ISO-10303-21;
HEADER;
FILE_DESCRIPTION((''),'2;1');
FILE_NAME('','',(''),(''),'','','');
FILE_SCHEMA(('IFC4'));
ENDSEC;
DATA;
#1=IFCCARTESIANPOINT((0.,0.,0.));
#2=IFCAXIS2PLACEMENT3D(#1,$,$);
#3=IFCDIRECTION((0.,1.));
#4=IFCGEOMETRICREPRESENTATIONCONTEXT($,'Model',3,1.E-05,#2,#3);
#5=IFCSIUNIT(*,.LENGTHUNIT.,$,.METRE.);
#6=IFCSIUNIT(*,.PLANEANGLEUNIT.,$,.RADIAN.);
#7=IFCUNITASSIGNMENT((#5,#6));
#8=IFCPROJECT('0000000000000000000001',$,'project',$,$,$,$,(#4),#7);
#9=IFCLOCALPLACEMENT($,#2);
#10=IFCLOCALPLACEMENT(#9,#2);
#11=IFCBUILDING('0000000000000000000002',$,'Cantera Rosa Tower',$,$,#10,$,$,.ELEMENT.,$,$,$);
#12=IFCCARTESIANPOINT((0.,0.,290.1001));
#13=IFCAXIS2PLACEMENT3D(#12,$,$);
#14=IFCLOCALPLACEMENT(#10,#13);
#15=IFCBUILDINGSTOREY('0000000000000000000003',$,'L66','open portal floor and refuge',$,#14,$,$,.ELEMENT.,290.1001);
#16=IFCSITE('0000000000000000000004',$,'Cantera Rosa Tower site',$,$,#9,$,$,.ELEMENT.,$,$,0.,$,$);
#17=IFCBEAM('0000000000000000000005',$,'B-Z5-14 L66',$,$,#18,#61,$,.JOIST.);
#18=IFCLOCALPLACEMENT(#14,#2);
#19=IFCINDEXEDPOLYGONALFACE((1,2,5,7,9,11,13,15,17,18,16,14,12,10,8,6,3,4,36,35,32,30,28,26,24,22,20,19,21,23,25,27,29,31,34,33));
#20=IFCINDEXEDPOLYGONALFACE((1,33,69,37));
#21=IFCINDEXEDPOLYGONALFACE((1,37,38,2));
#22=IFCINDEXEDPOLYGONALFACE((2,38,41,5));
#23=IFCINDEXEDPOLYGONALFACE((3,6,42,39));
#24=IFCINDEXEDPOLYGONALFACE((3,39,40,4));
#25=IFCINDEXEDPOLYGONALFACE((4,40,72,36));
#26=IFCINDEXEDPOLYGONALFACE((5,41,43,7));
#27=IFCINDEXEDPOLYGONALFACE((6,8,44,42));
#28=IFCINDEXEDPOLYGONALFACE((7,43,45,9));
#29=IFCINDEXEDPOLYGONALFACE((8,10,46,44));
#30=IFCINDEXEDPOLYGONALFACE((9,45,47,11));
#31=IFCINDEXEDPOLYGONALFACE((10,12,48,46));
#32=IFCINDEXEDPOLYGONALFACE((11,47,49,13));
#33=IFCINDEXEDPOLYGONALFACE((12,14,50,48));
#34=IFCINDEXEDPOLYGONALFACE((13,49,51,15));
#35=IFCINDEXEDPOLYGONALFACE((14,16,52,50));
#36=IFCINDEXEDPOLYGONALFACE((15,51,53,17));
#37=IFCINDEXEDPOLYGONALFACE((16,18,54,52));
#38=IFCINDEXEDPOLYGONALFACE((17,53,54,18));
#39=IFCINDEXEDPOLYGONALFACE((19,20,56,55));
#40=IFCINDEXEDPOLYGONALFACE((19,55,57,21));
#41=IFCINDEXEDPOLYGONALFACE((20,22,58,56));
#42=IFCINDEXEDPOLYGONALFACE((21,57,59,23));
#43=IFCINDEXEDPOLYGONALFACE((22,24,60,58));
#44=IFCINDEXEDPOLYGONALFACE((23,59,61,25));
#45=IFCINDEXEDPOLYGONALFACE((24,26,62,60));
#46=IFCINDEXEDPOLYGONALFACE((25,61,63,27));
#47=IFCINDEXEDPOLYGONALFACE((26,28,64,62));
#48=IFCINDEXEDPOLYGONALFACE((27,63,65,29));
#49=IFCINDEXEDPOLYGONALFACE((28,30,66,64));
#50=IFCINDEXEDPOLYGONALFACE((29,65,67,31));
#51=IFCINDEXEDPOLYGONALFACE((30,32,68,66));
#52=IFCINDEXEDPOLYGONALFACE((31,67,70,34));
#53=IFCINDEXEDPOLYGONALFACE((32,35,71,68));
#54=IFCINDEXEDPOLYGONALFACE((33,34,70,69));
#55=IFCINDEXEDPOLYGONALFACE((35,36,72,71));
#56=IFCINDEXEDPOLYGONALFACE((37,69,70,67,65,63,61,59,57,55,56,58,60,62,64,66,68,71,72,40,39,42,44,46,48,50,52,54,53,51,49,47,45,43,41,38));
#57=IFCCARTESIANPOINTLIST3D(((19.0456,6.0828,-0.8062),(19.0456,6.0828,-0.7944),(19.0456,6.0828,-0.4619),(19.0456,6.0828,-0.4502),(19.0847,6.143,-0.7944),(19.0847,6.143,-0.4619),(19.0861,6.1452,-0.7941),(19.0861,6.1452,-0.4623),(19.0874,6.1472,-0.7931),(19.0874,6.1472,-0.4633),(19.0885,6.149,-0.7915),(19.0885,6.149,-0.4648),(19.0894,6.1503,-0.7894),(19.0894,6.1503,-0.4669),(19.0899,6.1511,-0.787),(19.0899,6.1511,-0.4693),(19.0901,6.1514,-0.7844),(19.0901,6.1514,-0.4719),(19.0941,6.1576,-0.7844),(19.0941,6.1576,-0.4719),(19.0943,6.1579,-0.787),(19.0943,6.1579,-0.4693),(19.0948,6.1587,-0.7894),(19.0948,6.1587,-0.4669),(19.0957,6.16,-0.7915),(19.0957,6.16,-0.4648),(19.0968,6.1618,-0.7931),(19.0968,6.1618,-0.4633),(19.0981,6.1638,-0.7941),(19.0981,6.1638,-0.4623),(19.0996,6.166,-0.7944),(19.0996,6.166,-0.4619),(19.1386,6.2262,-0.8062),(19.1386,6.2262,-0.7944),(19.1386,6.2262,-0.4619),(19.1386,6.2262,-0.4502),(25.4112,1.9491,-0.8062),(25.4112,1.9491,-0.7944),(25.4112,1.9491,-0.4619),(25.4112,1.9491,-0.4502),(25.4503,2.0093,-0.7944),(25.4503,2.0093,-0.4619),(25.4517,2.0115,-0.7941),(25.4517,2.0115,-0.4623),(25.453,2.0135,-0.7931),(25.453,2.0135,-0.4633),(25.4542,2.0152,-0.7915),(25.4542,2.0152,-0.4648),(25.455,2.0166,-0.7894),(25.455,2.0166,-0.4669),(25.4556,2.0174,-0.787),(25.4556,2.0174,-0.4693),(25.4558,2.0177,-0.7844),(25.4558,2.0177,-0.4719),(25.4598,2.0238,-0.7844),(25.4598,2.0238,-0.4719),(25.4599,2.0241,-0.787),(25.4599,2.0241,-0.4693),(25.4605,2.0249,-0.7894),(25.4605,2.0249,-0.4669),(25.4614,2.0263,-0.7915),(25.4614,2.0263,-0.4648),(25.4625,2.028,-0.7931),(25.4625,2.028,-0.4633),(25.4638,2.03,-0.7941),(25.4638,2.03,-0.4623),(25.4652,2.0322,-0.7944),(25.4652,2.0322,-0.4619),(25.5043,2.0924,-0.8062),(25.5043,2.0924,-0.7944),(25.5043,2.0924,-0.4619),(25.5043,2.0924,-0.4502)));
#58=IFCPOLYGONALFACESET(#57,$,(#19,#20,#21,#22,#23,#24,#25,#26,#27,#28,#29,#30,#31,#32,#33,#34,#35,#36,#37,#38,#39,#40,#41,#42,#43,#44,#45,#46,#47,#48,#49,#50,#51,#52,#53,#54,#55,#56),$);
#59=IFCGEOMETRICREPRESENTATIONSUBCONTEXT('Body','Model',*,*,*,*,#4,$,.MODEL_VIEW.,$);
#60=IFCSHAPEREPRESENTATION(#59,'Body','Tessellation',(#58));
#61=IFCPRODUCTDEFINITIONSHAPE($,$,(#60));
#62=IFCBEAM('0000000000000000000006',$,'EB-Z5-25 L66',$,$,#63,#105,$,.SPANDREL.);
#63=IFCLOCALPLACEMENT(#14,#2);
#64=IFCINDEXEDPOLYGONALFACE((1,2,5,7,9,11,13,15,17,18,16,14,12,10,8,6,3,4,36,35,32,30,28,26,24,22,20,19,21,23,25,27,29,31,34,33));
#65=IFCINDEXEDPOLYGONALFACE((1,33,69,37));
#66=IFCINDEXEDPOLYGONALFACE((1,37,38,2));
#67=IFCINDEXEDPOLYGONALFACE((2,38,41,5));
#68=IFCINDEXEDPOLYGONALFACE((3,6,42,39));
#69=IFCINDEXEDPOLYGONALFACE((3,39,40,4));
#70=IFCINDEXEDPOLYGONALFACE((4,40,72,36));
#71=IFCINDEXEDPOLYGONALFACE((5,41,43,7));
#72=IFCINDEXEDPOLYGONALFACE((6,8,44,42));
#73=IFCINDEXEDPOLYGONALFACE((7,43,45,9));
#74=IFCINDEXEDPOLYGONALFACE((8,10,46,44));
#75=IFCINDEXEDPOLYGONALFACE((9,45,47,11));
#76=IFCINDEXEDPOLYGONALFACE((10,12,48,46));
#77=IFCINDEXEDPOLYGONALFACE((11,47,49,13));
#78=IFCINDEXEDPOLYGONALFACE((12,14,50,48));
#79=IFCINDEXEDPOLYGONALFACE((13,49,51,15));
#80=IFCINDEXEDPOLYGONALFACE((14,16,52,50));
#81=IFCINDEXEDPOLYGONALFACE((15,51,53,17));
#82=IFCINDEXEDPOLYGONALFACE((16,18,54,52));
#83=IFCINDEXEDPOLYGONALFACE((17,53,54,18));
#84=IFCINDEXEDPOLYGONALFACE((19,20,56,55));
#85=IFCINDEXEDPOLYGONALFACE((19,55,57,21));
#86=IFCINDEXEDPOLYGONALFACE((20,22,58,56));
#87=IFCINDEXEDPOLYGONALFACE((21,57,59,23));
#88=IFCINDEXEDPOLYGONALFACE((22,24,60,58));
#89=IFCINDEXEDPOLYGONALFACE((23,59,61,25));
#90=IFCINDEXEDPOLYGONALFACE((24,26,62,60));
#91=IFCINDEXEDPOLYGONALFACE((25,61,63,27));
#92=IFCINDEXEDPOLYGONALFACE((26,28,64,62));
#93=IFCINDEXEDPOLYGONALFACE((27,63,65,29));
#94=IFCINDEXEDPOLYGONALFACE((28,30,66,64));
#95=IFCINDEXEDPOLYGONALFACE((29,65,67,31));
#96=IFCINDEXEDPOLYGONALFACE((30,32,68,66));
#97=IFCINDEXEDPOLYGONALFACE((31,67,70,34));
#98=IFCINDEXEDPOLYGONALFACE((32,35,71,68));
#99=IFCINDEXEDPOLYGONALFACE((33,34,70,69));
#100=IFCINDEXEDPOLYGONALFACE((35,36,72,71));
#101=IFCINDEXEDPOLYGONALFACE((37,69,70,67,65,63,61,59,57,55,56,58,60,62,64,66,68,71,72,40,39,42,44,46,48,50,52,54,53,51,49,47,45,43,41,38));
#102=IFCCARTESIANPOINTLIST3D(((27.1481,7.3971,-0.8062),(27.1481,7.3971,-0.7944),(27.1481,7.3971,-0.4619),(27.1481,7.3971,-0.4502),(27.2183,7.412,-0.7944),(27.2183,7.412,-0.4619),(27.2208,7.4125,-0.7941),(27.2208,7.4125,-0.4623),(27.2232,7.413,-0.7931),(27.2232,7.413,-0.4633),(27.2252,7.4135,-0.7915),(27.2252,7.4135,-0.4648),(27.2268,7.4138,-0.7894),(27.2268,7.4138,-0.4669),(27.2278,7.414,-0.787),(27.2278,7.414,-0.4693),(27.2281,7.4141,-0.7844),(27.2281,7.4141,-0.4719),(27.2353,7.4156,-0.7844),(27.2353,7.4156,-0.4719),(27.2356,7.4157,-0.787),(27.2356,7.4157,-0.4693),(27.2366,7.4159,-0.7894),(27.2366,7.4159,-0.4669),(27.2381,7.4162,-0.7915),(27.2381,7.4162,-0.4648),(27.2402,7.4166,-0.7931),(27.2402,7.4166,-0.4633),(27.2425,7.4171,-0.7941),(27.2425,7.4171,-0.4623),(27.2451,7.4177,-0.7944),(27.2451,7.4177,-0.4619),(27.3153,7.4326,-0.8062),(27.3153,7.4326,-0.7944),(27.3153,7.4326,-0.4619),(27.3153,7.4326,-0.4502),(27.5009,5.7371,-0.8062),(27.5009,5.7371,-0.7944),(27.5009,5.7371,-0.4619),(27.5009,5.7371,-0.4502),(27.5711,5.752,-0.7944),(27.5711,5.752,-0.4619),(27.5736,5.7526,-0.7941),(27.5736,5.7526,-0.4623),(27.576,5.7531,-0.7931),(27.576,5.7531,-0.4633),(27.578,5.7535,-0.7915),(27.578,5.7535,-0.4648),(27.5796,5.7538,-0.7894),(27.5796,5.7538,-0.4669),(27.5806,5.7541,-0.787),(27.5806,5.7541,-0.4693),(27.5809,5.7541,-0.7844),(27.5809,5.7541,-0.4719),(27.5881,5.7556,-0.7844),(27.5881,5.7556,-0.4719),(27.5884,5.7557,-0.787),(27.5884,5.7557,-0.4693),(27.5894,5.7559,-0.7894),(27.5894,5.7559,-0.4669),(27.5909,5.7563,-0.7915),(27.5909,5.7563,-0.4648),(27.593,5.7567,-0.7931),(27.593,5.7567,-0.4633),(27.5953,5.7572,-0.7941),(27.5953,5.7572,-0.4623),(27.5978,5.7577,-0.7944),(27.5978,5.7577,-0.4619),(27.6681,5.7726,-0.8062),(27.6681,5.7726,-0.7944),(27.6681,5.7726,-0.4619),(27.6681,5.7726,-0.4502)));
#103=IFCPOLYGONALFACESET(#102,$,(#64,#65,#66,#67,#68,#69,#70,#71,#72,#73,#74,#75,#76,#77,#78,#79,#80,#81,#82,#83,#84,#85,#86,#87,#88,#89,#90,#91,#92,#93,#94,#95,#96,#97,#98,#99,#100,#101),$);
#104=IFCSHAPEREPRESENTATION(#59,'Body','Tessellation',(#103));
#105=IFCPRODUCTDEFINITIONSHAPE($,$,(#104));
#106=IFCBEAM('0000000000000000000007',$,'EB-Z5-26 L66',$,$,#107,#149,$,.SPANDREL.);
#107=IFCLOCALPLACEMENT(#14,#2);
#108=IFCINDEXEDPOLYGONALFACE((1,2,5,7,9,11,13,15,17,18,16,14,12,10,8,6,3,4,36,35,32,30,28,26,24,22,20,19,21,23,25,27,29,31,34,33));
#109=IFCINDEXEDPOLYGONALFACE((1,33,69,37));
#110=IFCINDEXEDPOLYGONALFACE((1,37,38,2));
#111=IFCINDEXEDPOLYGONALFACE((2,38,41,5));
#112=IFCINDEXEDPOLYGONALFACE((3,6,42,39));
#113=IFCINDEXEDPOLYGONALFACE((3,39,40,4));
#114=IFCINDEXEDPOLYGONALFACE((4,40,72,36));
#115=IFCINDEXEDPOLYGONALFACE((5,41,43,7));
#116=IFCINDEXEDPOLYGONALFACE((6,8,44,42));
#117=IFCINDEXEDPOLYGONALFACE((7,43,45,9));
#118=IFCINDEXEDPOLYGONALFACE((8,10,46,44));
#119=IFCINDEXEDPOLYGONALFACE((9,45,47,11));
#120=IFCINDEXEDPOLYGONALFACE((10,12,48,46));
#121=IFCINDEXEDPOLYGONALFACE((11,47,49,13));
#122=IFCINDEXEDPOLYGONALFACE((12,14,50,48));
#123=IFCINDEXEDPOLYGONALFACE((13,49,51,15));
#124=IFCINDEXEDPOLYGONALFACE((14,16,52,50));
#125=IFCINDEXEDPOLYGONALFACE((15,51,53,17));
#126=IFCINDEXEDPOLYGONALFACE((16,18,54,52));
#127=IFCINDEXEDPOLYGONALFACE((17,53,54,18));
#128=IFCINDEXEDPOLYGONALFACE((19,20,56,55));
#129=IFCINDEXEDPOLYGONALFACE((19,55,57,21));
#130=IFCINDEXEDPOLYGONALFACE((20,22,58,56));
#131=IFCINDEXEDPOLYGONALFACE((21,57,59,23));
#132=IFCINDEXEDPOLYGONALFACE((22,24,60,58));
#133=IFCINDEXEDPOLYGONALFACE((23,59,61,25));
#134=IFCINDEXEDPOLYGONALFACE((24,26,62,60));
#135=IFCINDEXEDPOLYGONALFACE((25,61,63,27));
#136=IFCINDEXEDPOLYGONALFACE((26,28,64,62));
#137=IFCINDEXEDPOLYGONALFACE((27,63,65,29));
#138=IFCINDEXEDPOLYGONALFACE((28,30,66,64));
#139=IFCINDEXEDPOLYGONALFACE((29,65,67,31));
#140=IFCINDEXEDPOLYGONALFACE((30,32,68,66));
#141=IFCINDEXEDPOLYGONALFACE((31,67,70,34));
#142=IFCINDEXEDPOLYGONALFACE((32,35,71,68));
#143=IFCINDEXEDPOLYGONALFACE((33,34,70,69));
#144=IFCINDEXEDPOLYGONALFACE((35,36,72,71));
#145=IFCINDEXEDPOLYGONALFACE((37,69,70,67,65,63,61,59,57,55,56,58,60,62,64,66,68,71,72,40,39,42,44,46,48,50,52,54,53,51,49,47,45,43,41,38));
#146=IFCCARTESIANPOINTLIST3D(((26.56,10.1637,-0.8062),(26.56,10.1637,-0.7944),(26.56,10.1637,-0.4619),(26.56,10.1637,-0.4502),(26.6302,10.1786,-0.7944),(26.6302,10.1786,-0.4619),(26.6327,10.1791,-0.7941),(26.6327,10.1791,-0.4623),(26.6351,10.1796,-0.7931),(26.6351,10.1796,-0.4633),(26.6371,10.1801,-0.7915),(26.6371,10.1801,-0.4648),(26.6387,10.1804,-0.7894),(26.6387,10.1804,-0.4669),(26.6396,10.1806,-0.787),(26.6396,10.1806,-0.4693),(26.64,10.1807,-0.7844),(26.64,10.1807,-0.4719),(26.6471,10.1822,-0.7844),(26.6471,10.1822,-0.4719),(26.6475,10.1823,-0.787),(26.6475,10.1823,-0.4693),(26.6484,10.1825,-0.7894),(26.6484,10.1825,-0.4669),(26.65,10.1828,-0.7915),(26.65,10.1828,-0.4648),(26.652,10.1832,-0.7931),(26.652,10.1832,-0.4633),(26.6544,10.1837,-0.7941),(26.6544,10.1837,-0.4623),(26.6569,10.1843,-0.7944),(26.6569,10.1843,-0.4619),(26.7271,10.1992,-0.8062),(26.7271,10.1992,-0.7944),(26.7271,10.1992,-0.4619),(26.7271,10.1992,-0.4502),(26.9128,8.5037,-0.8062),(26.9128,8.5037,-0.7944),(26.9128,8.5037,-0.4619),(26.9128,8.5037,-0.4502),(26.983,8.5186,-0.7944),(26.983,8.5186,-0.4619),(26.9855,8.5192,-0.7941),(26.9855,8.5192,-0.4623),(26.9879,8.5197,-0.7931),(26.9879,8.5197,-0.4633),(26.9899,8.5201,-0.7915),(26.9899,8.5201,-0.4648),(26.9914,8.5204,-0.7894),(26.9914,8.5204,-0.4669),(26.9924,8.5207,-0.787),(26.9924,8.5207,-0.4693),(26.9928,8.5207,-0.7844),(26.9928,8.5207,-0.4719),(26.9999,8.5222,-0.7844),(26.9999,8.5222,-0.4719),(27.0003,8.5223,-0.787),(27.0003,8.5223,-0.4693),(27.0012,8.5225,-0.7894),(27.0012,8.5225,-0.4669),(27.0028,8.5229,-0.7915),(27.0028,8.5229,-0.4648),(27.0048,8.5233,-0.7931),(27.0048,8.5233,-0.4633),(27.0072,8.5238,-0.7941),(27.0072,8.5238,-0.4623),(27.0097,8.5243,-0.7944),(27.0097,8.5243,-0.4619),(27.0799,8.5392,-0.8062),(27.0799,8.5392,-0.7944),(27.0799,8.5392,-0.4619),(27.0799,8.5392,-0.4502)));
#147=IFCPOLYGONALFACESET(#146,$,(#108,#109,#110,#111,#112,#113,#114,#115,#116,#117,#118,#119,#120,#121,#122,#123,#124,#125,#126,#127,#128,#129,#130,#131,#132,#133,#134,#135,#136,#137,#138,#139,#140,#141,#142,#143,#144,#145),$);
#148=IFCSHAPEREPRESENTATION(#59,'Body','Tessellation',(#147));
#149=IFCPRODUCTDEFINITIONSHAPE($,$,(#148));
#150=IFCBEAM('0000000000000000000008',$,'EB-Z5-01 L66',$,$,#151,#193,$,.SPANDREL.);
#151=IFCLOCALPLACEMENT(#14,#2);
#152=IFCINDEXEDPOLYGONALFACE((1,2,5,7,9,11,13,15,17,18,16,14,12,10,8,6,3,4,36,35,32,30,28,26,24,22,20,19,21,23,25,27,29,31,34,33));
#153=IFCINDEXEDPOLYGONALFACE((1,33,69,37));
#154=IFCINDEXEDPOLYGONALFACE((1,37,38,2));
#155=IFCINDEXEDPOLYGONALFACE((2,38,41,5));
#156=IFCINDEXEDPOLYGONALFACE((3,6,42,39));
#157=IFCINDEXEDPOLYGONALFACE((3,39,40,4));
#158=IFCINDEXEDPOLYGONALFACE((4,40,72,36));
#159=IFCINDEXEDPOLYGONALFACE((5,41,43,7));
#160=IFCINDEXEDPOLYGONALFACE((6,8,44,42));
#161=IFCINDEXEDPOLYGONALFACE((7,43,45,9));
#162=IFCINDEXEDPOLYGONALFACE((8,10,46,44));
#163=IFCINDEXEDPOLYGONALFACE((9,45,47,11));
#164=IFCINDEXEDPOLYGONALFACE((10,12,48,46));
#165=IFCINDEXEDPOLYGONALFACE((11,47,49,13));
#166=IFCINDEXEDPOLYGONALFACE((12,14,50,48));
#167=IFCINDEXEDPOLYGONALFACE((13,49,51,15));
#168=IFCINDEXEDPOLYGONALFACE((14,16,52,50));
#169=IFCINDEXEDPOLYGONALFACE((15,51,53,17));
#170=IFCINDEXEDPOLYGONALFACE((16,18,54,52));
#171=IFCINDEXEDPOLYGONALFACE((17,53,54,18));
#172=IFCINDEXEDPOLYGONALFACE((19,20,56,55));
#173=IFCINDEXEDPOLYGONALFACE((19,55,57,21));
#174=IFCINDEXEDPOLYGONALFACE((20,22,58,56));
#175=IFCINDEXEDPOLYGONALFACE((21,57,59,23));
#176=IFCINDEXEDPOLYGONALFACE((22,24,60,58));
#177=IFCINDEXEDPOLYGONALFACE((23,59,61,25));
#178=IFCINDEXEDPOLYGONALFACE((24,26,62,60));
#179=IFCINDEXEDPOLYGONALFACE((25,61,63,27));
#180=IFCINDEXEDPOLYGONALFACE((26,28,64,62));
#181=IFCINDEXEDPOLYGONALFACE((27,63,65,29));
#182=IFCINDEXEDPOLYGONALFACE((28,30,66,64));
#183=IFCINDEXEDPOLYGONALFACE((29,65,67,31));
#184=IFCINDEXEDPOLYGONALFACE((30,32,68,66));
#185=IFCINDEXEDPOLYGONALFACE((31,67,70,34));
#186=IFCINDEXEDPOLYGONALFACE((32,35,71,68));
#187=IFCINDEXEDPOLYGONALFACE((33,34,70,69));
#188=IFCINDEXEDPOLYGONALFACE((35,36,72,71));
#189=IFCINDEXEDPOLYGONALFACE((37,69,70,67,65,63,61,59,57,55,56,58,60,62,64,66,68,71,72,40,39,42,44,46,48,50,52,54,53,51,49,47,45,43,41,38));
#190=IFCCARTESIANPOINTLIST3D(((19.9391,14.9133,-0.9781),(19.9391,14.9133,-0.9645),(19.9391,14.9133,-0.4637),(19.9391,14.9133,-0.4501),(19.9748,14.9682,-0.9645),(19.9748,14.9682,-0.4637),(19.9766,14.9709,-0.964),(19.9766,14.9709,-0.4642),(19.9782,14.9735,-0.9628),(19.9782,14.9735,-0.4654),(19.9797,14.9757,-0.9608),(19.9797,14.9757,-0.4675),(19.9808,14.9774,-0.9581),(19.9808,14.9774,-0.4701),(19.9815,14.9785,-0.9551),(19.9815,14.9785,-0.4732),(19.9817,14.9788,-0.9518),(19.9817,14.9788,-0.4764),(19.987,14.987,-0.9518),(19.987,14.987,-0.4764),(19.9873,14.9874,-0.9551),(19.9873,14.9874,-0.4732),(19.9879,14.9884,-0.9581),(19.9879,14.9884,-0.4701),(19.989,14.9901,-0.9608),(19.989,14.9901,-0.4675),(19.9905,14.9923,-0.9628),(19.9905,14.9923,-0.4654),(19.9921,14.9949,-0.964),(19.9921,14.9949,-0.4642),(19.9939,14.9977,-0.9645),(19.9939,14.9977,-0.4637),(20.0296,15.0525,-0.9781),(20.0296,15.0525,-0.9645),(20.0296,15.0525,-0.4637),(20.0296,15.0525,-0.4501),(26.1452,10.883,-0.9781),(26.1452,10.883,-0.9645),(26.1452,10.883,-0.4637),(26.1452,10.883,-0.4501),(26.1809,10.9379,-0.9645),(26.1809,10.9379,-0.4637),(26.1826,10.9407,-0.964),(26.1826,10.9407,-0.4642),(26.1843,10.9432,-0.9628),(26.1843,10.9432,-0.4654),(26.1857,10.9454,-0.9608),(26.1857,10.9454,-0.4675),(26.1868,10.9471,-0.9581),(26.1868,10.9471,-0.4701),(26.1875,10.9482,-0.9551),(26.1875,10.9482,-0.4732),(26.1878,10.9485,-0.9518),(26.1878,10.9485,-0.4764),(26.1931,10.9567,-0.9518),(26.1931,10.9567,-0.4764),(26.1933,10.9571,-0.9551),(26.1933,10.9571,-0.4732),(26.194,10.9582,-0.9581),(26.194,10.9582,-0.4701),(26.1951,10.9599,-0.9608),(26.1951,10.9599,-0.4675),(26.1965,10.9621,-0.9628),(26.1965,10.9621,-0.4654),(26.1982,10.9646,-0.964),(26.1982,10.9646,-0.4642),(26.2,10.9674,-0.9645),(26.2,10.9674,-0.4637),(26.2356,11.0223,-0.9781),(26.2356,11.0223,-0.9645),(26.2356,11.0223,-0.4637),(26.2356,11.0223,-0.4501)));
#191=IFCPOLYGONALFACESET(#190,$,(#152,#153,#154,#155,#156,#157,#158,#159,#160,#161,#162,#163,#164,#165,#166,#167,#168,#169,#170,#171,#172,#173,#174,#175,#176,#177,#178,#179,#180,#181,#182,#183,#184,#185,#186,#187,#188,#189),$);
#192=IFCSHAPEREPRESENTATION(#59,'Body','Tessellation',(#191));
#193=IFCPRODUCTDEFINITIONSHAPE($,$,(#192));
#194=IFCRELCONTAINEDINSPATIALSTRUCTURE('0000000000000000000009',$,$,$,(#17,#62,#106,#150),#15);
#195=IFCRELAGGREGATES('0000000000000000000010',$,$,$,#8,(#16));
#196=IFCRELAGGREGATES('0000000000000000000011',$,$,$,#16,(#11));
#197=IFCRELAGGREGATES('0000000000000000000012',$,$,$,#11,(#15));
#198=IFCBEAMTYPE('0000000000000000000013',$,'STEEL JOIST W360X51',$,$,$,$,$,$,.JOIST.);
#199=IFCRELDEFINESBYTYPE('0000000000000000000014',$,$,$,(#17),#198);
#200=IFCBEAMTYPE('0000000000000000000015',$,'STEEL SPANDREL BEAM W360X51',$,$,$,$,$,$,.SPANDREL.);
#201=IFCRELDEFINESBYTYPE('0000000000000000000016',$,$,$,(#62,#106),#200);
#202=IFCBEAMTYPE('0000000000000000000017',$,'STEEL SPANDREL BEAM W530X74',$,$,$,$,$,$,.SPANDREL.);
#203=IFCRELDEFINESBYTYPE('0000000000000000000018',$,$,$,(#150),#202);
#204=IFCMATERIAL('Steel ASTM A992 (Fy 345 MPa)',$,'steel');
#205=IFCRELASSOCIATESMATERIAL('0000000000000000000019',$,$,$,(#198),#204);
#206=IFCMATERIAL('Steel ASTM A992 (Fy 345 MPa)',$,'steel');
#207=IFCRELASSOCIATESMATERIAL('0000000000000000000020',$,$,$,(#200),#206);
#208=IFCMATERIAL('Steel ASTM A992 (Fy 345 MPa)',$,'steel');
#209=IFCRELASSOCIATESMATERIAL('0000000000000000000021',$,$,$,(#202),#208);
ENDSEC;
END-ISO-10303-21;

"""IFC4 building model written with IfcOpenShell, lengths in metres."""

from ifc_helpers import new_model, si_unit, direction, frame, origin, origin_2d, place, context, subcontext, project, spatial, i_section, extrude, material, material_profile, profile_set, type_object, element, save


model = new_model("IFC4")

# Units and contexts
model_context = context("Model", 3, precision=1e-05, world=origin(), true_north=direction((0.0, 1.0)))
body_context = subcontext(model_context, "Body", "Model", "MODEL_VIEW")
ifc_project = project(units=[si_unit("LENGTHUNIT", "METRE"), si_unit("PLANEANGLEUNIT", "RADIAN")], contexts=[model_context])

# Site, building, storey
site_placement = place(None, origin())
site = spatial("IfcSite", under=ifc_project, at=site_placement, Name="Cantera Rosa Tower site", CompositionType="ELEMENT", RefElevation=0.0)
building_placement = place(site_placement, origin())
building = spatial("IfcBuilding", under=site, at=building_placement, Name="Cantera Rosa Tower", CompositionType="ELEMENT")
storey_placement = place(building_placement, frame((0.0, 0.0, 290.1001)))
storey = spatial("IfcBuildingStorey", under=building, at=storey_placement, Name="L66", Description="open portal floor and refuge", CompositionType="ELEMENT", Elevation=290.1001)

# Beams
ifc_material_1 = material(Name="Steel ASTM A992 (Fy 345 MPa)", Category="steel")
ifc_material_profile_1 = material_profile(ifc_material_1, i_section(OverallWidth=0.1709, OverallDepth=0.356, WebThickness=0.0073, FlangeThickness=0.0117, FilletRadius=0.01, at=origin_2d()), Name="W360X51")
ifc_profile_set_1 = profile_set([ifc_material_profile_1], Name="Steel ASTM A992 (Fy 345 MPa)")
beam_type_1 = type_object("IfcBeamType", Name="STEEL JOIST W360X51", PredefinedType="JOIST", material=ifc_profile_set_1)
beam_1_placement = place(storey_placement, frame((25.4578, 2.0208, -0.6282), z_axis=(-0.83868, 0.544624, 0.0), x_axis=(-0.544624, -0.83868, 0.0)))
element("IfcBeam", 1, at=beam_1_placement, inside=storey, type_object=beam_type_1, Name="B-Z5-14 L66", PredefinedType="JOIST", context=body_context, shape_type="SweptSolid", body=[
    extrude(i_section(OverallWidth=0.1709, OverallDepth=0.356, WebThickness=0.0073, FlangeThickness=0.0117, FilletRadius=0.01, at=origin_2d()), origin(), (0.0, 0.0, 1.0), 7.5901),
])
ifc_material_2 = material(Name="Steel ASTM A992 (Fy 345 MPa)", Category="steel")
ifc_material_profile_2 = material_profile(ifc_material_2, i_section(OverallWidth=0.1709, OverallDepth=0.356, WebThickness=0.0073, FlangeThickness=0.0117, FilletRadius=0.01, at=origin_2d()), Name="W360X51")
ifc_profile_set_2 = profile_set([ifc_material_profile_2], Name="Steel ASTM A992 (Fy 345 MPa)")
beam_type_2 = type_object("IfcBeamType", Name="STEEL SPANDREL BEAM W360X51", PredefinedType="SPANDREL", material=ifc_profile_set_2)
for number, where, z_axis, x_axis, name in (
    (2, (27.5845, 5.7549, -0.6282), (-0.207888, 0.978153, 0.0), (-0.978153, -0.207888, 0.0), "EB-Z5-25 L66"),
    (3, (26.9963, 8.5215, -0.6282), (-0.207888, 0.978153, 0.0), (-0.978153, -0.207888, 0.0), "EB-Z5-26 L66"),
):
    element("IfcBeam", number, at=place(storey_placement, frame(where, z_axis=z_axis, x_axis=x_axis)), inside=storey, type_object=beam_type_2, Name=name, PredefinedType="SPANDREL", context=body_context, shape_type="SweptSolid", body=[
        extrude(i_section(OverallWidth=0.1709, OverallDepth=0.356, WebThickness=0.0073, FlangeThickness=0.0117, FilletRadius=0.01, at=origin_2d()), origin(), (0.0, 0.0, 1.0), 1.697),
    ])
ifc_material_3 = material(Name="Steel ASTM A992 (Fy 345 MPa)", Category="steel")
ifc_material_profile_3 = material_profile(ifc_material_3, i_section(OverallWidth=0.166, OverallDepth=0.5281, WebThickness=0.0098, FlangeThickness=0.0137, FilletRadius=0.0127, at=origin_2d()), Name="W530X74")
ifc_profile_set_3 = profile_set([ifc_material_profile_3], Name="Steel ASTM A992 (Fy 345 MPa)")
beam_type_3 = type_object("IfcBeamType", Name="STEEL SPANDREL BEAM W530X74", PredefinedType="SPANDREL", material=ifc_profile_set_3)
beam_2_placement = place(storey_placement, frame((26.1904, 10.9526, -0.7141), z_axis=(-0.83867, 0.54464, 0.0), x_axis=(-0.54464, -0.83867, 0.0)))
element("IfcBeam", 4, at=beam_2_placement, inside=storey, type_object=beam_type_3, Name="EB-Z5-01 L66", PredefinedType="SPANDREL", context=body_context, shape_type="SweptSolid", body=[
    extrude(i_section(OverallWidth=0.166, OverallDepth=0.5281, WebThickness=0.0098, FlangeThickness=0.0137, FilletRadius=0.0127, at=origin_2d()), origin(), (0.0, 0.0, 1.0), 7.3999),
])

save(model, "model.ifc")
